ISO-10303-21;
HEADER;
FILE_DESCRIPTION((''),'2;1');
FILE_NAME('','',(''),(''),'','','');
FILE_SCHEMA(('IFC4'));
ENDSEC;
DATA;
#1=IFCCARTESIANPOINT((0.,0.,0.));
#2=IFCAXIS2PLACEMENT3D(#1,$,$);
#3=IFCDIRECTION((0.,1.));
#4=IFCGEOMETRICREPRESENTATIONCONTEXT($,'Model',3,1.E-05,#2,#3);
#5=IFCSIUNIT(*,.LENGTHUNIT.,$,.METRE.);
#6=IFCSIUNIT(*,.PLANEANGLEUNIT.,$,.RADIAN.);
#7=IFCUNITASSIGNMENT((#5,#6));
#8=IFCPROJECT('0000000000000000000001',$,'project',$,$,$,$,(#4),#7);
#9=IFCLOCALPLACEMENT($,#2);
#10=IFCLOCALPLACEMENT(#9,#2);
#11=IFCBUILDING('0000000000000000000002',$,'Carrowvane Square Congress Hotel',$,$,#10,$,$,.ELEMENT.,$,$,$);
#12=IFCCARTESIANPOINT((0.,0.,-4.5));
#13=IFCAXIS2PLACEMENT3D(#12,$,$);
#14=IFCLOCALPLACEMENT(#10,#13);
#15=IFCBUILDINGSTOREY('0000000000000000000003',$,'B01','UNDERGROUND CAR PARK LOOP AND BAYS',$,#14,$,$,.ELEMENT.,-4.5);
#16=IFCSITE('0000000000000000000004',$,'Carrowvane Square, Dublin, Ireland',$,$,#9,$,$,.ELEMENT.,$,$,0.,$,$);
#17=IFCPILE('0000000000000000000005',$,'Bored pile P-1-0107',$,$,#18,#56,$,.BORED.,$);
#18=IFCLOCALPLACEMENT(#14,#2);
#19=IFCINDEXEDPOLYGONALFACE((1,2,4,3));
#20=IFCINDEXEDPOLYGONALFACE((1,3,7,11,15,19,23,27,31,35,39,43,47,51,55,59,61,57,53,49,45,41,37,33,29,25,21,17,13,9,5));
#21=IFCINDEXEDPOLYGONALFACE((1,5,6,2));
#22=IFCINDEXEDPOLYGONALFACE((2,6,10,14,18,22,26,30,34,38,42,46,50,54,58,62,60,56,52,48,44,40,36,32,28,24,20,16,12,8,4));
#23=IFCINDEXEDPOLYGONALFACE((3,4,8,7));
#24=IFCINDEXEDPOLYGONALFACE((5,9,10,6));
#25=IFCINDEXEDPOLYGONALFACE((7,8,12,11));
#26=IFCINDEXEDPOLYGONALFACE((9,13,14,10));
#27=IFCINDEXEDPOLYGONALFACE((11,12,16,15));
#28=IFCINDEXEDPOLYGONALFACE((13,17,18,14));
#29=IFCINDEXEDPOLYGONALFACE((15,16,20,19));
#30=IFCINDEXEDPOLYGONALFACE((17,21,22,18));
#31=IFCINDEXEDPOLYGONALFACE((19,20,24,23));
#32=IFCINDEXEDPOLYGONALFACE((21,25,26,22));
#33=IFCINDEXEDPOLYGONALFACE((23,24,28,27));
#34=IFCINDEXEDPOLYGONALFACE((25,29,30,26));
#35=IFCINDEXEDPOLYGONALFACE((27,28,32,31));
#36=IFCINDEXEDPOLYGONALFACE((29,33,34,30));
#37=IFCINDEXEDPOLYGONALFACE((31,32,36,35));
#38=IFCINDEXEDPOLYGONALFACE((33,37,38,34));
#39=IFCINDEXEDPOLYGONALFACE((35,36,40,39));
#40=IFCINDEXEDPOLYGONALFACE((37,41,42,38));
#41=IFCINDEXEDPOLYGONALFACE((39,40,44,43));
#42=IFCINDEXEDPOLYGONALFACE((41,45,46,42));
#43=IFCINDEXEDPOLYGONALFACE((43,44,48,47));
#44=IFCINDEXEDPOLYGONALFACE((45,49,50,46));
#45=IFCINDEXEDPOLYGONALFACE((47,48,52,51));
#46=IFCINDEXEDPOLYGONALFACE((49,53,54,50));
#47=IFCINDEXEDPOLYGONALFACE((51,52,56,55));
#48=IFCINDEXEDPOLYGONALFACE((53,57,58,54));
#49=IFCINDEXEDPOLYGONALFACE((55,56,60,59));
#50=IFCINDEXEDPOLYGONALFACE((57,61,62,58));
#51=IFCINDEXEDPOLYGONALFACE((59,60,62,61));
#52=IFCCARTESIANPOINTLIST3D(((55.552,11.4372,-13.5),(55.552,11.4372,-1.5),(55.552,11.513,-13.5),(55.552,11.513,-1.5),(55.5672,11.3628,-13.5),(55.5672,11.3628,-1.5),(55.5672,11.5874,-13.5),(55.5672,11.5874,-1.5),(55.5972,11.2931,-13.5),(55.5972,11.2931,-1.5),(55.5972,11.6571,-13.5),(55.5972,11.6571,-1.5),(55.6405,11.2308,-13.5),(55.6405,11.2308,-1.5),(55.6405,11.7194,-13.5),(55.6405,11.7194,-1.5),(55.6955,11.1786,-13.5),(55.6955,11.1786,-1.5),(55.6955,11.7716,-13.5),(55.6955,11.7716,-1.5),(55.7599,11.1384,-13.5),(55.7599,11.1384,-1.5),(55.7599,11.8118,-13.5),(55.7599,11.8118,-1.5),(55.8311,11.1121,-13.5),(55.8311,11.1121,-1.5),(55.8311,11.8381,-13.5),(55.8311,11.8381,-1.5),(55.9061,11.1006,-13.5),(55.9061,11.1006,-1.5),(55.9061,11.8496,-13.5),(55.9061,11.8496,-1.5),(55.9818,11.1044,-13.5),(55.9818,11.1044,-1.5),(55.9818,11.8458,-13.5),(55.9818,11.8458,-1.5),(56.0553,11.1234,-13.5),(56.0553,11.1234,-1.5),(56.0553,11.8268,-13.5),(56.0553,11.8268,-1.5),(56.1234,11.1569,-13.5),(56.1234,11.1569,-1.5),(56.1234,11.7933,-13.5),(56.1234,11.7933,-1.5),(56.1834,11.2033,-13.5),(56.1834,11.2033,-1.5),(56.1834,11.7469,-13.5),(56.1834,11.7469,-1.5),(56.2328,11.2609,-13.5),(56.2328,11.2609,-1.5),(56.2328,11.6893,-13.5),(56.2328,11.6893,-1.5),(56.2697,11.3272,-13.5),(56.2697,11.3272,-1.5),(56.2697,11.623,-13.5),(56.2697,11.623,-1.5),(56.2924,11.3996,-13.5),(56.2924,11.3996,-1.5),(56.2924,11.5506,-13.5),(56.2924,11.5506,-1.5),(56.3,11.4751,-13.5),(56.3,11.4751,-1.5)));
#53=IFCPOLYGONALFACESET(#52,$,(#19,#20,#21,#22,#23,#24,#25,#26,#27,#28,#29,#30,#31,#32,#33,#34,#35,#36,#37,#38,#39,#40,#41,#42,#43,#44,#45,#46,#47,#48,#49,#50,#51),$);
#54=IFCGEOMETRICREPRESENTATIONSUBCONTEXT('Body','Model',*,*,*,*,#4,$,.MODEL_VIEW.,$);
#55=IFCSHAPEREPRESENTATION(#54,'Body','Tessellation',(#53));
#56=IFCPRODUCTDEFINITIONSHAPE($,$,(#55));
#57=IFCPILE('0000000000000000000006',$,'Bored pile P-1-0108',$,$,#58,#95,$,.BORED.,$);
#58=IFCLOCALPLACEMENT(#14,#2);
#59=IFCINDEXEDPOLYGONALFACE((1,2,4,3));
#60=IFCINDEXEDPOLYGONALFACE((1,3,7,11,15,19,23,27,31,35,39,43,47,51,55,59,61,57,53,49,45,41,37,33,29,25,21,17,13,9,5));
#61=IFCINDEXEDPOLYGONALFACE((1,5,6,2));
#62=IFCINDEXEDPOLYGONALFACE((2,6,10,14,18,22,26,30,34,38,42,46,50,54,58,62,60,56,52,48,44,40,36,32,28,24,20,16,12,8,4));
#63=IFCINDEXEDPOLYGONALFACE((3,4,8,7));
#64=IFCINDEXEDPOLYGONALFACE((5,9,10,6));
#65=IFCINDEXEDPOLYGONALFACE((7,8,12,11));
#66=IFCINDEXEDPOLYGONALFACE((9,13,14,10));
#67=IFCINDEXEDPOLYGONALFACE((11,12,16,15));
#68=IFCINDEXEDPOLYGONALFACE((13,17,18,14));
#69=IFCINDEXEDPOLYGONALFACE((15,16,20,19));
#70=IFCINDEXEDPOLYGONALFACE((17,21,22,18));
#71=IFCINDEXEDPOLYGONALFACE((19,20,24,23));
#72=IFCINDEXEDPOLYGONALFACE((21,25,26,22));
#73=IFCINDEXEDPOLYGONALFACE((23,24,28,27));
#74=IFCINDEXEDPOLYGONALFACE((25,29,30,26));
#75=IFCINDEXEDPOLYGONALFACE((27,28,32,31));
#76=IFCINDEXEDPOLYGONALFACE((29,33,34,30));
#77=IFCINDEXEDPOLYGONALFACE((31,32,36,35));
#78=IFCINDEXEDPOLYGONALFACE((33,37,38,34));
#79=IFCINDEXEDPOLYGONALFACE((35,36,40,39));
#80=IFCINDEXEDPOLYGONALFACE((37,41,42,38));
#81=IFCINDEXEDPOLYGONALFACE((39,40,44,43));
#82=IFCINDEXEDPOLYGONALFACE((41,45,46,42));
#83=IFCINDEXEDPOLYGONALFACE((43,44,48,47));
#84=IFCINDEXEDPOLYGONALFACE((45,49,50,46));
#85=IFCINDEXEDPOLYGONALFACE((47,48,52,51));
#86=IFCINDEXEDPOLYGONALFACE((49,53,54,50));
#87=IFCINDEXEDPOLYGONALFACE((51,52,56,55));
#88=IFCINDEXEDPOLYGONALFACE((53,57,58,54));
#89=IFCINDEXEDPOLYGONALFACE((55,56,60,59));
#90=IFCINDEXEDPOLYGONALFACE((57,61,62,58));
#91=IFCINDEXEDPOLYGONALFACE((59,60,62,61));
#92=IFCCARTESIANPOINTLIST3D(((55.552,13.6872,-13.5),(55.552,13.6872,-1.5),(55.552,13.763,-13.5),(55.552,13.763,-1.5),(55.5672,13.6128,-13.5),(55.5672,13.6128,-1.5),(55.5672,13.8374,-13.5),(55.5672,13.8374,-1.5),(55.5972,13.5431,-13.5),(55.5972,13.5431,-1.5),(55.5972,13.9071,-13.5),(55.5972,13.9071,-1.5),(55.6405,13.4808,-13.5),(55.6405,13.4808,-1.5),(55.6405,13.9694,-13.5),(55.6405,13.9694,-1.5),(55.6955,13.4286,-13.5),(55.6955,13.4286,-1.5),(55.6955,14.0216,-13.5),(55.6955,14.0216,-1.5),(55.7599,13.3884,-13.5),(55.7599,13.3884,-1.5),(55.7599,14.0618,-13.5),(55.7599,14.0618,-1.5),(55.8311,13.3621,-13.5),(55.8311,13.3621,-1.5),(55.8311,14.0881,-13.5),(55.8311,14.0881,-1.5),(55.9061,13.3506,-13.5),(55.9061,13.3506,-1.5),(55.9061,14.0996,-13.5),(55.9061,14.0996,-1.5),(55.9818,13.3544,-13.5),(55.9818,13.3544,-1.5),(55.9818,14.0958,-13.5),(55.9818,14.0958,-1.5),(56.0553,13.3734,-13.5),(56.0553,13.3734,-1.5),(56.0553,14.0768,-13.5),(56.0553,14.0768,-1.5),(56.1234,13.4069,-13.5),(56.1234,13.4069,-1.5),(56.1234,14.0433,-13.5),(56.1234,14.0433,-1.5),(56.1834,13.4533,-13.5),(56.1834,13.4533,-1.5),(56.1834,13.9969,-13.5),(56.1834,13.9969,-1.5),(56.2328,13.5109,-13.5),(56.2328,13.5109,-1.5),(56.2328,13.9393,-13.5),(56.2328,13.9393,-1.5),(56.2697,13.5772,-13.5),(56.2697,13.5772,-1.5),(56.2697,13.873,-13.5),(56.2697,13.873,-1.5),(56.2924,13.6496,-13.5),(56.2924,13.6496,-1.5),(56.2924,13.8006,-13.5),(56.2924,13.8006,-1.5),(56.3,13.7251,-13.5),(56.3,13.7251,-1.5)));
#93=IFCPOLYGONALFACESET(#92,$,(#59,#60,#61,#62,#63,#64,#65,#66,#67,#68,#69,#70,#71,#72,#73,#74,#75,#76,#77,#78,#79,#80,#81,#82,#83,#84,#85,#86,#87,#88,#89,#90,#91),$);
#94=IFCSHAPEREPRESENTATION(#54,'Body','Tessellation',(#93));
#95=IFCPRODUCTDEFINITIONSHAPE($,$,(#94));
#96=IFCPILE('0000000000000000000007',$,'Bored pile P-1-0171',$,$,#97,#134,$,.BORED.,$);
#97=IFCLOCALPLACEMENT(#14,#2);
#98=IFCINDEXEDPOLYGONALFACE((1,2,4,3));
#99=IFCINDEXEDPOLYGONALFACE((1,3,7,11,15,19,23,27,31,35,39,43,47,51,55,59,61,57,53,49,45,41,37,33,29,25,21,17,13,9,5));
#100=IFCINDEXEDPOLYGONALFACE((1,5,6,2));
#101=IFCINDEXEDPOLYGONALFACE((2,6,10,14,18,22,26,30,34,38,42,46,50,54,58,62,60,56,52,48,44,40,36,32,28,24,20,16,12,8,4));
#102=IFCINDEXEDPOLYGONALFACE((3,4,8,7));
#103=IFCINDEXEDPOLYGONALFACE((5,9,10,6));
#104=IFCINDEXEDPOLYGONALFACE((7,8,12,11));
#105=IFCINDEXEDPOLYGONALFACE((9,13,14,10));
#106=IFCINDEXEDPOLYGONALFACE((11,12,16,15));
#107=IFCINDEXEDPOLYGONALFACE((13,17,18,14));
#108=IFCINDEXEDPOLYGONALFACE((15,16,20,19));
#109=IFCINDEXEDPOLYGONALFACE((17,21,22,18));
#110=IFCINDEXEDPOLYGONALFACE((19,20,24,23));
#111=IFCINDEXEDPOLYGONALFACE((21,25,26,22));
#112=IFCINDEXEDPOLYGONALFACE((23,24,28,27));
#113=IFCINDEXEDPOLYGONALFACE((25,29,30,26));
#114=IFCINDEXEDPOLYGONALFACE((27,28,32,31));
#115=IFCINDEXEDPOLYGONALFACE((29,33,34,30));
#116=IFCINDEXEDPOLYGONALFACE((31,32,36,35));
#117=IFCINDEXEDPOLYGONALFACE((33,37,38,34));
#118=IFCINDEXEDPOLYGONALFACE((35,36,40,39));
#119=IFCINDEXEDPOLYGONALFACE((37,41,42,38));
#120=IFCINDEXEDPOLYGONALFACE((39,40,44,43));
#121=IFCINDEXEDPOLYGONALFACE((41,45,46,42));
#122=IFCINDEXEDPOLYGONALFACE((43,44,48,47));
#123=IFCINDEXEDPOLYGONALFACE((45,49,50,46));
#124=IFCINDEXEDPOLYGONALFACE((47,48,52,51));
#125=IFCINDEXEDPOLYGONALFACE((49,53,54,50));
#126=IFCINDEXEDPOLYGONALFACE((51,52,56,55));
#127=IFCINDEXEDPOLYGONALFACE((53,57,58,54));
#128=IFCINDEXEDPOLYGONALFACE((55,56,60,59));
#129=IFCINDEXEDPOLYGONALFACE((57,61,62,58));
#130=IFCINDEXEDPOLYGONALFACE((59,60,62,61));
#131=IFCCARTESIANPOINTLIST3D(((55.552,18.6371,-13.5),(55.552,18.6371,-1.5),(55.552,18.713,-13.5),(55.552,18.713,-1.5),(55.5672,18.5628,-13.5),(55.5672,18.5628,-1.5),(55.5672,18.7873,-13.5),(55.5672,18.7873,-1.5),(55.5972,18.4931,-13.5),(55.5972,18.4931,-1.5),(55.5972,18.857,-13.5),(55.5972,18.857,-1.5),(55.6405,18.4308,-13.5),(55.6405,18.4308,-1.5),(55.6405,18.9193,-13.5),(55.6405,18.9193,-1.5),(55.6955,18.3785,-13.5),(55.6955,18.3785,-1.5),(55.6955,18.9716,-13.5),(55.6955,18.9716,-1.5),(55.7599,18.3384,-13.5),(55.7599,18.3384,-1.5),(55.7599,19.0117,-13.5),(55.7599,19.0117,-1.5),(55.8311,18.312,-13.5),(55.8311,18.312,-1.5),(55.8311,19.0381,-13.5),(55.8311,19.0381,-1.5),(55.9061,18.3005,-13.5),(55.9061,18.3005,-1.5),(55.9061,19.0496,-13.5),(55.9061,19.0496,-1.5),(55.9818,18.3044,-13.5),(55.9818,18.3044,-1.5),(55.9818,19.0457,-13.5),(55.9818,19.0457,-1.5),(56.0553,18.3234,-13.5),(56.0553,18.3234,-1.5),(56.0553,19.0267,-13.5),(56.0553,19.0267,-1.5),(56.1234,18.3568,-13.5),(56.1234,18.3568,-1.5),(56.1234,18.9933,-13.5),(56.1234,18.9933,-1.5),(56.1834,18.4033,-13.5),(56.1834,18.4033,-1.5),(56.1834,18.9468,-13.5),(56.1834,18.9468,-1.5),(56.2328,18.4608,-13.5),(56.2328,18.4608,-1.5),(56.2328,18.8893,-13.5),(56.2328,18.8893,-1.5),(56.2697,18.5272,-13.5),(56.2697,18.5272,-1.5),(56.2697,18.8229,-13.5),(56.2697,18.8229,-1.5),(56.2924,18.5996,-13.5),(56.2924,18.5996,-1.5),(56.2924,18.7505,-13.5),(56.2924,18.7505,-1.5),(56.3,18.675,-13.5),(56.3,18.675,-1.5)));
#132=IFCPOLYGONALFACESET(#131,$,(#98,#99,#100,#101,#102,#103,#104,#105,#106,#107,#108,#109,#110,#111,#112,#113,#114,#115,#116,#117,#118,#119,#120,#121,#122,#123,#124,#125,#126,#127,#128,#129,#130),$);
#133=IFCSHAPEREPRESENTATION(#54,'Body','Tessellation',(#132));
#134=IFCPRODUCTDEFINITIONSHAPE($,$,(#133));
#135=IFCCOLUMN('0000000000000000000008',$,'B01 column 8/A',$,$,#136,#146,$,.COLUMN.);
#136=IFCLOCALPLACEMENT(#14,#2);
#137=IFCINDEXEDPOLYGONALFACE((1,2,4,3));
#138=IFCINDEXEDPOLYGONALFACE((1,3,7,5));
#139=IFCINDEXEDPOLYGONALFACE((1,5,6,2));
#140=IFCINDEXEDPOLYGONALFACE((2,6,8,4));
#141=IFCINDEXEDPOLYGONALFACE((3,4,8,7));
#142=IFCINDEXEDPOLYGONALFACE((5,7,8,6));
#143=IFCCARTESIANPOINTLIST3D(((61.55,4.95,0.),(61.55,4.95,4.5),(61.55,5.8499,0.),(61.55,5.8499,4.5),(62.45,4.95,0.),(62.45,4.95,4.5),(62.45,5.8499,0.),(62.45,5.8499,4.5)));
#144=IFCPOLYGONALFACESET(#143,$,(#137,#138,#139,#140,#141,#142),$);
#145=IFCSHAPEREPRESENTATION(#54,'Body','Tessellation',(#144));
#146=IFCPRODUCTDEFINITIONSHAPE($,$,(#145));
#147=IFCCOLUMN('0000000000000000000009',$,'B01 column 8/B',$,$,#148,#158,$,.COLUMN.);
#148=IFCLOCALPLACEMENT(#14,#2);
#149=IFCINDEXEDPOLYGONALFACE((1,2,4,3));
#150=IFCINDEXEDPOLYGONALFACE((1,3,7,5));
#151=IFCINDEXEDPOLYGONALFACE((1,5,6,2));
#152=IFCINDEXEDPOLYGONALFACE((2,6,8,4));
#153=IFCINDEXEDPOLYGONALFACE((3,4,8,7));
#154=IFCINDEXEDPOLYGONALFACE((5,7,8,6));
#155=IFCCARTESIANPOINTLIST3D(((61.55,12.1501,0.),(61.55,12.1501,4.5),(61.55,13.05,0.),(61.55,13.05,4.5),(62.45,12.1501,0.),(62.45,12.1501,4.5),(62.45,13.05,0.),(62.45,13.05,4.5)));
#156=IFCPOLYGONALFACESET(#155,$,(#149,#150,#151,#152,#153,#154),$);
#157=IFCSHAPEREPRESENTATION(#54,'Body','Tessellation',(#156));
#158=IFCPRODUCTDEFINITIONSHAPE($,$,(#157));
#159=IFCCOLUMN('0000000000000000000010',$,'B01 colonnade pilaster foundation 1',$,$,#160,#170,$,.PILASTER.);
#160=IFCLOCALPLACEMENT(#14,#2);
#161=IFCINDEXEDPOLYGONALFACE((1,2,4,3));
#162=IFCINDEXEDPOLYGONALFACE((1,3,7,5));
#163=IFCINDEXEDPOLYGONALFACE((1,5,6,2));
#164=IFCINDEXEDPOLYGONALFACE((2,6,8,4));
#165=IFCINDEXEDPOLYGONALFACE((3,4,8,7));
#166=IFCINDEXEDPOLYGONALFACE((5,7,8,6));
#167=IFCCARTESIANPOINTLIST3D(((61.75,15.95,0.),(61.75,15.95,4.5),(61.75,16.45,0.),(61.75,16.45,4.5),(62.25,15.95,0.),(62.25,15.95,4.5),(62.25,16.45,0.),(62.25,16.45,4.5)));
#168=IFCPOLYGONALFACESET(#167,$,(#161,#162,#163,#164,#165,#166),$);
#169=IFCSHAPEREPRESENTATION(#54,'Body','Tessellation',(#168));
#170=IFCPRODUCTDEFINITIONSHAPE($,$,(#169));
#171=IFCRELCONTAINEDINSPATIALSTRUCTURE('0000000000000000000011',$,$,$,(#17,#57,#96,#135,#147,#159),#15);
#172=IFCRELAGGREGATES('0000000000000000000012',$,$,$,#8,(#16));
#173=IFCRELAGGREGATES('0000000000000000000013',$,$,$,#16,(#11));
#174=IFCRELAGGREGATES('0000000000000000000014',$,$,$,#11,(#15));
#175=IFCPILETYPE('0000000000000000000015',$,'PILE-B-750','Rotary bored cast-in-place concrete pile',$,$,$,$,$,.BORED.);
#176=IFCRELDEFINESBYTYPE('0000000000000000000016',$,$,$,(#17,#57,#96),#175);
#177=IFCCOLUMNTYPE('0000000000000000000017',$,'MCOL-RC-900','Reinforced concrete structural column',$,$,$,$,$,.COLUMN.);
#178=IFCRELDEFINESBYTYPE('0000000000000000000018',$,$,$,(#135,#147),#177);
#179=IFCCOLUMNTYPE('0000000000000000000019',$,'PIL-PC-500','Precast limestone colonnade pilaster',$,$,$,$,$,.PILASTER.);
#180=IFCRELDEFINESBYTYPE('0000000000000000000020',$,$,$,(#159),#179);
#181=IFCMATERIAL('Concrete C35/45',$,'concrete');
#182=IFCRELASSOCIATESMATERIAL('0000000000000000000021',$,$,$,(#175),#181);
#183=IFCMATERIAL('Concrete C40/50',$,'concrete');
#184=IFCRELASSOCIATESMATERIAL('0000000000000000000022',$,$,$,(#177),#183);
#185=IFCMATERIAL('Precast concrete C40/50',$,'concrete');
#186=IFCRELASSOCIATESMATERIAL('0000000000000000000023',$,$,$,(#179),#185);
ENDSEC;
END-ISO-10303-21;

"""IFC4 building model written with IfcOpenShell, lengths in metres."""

from ifc_helpers import new_model, si_unit, direction, frame, origin, origin_2d, place, context, subcontext, project, spatial, rectangle, circle, extrude, material, material_profile, profile_set, type_object, element, save


model = new_model("IFC4")

# Units and contexts
model_context = context("Model", 3, precision=1e-05, world=origin(), true_north=direction((0.0, 1.0)))
body_context = subcontext(model_context, "Body", "Model", "MODEL_VIEW")
ifc_project = project(units=[si_unit("LENGTHUNIT", "METRE"), si_unit("PLANEANGLEUNIT", "RADIAN")], contexts=[model_context])

# Site, building, storey
site_placement = place(None, origin())
site = spatial("IfcSite", under=ifc_project, at=site_placement, Name="Carrowvane Square, Dublin, Ireland", CompositionType="ELEMENT", RefElevation=0.0)
building_placement = place(site_placement, origin())
building = spatial("IfcBuilding", under=site, at=building_placement, Name="Carrowvane Square Congress Hotel", CompositionType="ELEMENT")
storey_placement = place(building_placement, frame((0.0, 0.0, -4.5)))
storey = spatial("IfcBuildingStorey", under=building, at=storey_placement, Name="B01", Description="UNDERGROUND CAR PARK LOOP AND BAYS", CompositionType="ELEMENT", Elevation=-4.5)

# Piles
ifc_material_1 = material(Name="Concrete C35/45", Category="concrete")
ifc_material_profile_1 = material_profile(ifc_material_1, circle(Radius=0.375, at=origin_2d()), Name="PILE D750")
ifc_profile_set_1 = profile_set([ifc_material_profile_1], Name="Concrete C35/45")
pile_type_1 = type_object("IfcPileType", Name="PILE-B-750", Description="Rotary bored cast-in-place concrete pile", PredefinedType="BORED", material=ifc_profile_set_1)
for number, where, z_axis, x_axis, name in (
    (1, (55.925, 11.4751, -1.5), (0.0, 0.0, -1.0), (1.0, 0.0, 0.0), "Bored pile P-1-0107"),
    (2, (55.925, 13.7251, -1.5), (0.0, 0.0, -1.0), (1.0, 0.0, 0.0), "Bored pile P-1-0108"),
    (3, (55.925, 18.675, -1.5), (0.0, 0.0, -1.0), (1.0, 0.0, 0.0), "Bored pile P-1-0171"),
):
    element("IfcPile", number, at=place(storey_placement, frame(where, z_axis=z_axis, x_axis=x_axis)), inside=storey, type_object=pile_type_1, Name=name, PredefinedType="BORED", context=body_context, shape_type="SweptSolid", body=[
        extrude(circle(Radius=0.375, at=origin_2d()), origin(), (0.0, 0.0, 1.0), 12.0),
    ])

# Columns
ifc_material_2 = material(Name="Concrete C40/50", Category="concrete")
ifc_material_profile_2 = material_profile(ifc_material_2, rectangle(XDim=0.8999, YDim=0.8999, at=origin_2d()), Name="RC 900x900")
ifc_profile_set_2 = profile_set([ifc_material_profile_2], Name="Concrete C40/50")
column_type_1 = type_object("IfcColumnType", Name="MCOL-RC-900", Description="Reinforced concrete structural column", PredefinedType="COLUMN", material=ifc_profile_set_2)
for number, where, z_axis, x_axis, name in (
    (4, (62.0, 5.3999, 0.0), (0.0, 0.0, 1.0), (1.0, 0.0, 0.0), "B01 column 8/A"),
    (5, (62.0, 12.6001, 0.0), (0.0, 0.0, 1.0), (1.0, 0.0, 0.0), "B01 column 8/B"),
):
    element("IfcColumn", number, at=place(storey_placement, frame(where, z_axis=z_axis, x_axis=x_axis)), inside=storey, type_object=column_type_1, Name=name, PredefinedType="COLUMN", context=body_context, shape_type="SweptSolid", body=[
        extrude(rectangle(XDim=0.8999, YDim=0.8999, at=origin_2d()), origin(), (0.0, 0.0, 1.0), 4.5),
    ])
ifc_material_3 = material(Name="Precast concrete C40/50", Category="concrete")
ifc_material_profile_3 = material_profile(ifc_material_3, rectangle(XDim=0.5, YDim=0.5, at=origin_2d()), Name="RC 500x500")
ifc_profile_set_3 = profile_set([ifc_material_profile_3], Name="Precast concrete C40/50")
column_type_2 = type_object("IfcColumnType", Name="PIL-PC-500", Description="Precast limestone colonnade pilaster", PredefinedType="PILASTER", material=ifc_profile_set_3)
column_placement = place(storey_placement, frame((62.0, 16.2, 0.0), z_axis=(0.0, 0.0, 1.0), x_axis=(1.0, 0.0, 0.0)))
element("IfcColumn", 6, at=column_placement, inside=storey, type_object=column_type_2, Name="B01 colonnade pilaster foundation 1", PredefinedType="PILASTER", context=body_context, shape_type="SweptSolid", body=[
    extrude(rectangle(XDim=0.5, YDim=0.5, at=origin_2d()), origin(), (0.0, 0.0, 1.0), 4.5),
])

save(model, "model.ifc")
